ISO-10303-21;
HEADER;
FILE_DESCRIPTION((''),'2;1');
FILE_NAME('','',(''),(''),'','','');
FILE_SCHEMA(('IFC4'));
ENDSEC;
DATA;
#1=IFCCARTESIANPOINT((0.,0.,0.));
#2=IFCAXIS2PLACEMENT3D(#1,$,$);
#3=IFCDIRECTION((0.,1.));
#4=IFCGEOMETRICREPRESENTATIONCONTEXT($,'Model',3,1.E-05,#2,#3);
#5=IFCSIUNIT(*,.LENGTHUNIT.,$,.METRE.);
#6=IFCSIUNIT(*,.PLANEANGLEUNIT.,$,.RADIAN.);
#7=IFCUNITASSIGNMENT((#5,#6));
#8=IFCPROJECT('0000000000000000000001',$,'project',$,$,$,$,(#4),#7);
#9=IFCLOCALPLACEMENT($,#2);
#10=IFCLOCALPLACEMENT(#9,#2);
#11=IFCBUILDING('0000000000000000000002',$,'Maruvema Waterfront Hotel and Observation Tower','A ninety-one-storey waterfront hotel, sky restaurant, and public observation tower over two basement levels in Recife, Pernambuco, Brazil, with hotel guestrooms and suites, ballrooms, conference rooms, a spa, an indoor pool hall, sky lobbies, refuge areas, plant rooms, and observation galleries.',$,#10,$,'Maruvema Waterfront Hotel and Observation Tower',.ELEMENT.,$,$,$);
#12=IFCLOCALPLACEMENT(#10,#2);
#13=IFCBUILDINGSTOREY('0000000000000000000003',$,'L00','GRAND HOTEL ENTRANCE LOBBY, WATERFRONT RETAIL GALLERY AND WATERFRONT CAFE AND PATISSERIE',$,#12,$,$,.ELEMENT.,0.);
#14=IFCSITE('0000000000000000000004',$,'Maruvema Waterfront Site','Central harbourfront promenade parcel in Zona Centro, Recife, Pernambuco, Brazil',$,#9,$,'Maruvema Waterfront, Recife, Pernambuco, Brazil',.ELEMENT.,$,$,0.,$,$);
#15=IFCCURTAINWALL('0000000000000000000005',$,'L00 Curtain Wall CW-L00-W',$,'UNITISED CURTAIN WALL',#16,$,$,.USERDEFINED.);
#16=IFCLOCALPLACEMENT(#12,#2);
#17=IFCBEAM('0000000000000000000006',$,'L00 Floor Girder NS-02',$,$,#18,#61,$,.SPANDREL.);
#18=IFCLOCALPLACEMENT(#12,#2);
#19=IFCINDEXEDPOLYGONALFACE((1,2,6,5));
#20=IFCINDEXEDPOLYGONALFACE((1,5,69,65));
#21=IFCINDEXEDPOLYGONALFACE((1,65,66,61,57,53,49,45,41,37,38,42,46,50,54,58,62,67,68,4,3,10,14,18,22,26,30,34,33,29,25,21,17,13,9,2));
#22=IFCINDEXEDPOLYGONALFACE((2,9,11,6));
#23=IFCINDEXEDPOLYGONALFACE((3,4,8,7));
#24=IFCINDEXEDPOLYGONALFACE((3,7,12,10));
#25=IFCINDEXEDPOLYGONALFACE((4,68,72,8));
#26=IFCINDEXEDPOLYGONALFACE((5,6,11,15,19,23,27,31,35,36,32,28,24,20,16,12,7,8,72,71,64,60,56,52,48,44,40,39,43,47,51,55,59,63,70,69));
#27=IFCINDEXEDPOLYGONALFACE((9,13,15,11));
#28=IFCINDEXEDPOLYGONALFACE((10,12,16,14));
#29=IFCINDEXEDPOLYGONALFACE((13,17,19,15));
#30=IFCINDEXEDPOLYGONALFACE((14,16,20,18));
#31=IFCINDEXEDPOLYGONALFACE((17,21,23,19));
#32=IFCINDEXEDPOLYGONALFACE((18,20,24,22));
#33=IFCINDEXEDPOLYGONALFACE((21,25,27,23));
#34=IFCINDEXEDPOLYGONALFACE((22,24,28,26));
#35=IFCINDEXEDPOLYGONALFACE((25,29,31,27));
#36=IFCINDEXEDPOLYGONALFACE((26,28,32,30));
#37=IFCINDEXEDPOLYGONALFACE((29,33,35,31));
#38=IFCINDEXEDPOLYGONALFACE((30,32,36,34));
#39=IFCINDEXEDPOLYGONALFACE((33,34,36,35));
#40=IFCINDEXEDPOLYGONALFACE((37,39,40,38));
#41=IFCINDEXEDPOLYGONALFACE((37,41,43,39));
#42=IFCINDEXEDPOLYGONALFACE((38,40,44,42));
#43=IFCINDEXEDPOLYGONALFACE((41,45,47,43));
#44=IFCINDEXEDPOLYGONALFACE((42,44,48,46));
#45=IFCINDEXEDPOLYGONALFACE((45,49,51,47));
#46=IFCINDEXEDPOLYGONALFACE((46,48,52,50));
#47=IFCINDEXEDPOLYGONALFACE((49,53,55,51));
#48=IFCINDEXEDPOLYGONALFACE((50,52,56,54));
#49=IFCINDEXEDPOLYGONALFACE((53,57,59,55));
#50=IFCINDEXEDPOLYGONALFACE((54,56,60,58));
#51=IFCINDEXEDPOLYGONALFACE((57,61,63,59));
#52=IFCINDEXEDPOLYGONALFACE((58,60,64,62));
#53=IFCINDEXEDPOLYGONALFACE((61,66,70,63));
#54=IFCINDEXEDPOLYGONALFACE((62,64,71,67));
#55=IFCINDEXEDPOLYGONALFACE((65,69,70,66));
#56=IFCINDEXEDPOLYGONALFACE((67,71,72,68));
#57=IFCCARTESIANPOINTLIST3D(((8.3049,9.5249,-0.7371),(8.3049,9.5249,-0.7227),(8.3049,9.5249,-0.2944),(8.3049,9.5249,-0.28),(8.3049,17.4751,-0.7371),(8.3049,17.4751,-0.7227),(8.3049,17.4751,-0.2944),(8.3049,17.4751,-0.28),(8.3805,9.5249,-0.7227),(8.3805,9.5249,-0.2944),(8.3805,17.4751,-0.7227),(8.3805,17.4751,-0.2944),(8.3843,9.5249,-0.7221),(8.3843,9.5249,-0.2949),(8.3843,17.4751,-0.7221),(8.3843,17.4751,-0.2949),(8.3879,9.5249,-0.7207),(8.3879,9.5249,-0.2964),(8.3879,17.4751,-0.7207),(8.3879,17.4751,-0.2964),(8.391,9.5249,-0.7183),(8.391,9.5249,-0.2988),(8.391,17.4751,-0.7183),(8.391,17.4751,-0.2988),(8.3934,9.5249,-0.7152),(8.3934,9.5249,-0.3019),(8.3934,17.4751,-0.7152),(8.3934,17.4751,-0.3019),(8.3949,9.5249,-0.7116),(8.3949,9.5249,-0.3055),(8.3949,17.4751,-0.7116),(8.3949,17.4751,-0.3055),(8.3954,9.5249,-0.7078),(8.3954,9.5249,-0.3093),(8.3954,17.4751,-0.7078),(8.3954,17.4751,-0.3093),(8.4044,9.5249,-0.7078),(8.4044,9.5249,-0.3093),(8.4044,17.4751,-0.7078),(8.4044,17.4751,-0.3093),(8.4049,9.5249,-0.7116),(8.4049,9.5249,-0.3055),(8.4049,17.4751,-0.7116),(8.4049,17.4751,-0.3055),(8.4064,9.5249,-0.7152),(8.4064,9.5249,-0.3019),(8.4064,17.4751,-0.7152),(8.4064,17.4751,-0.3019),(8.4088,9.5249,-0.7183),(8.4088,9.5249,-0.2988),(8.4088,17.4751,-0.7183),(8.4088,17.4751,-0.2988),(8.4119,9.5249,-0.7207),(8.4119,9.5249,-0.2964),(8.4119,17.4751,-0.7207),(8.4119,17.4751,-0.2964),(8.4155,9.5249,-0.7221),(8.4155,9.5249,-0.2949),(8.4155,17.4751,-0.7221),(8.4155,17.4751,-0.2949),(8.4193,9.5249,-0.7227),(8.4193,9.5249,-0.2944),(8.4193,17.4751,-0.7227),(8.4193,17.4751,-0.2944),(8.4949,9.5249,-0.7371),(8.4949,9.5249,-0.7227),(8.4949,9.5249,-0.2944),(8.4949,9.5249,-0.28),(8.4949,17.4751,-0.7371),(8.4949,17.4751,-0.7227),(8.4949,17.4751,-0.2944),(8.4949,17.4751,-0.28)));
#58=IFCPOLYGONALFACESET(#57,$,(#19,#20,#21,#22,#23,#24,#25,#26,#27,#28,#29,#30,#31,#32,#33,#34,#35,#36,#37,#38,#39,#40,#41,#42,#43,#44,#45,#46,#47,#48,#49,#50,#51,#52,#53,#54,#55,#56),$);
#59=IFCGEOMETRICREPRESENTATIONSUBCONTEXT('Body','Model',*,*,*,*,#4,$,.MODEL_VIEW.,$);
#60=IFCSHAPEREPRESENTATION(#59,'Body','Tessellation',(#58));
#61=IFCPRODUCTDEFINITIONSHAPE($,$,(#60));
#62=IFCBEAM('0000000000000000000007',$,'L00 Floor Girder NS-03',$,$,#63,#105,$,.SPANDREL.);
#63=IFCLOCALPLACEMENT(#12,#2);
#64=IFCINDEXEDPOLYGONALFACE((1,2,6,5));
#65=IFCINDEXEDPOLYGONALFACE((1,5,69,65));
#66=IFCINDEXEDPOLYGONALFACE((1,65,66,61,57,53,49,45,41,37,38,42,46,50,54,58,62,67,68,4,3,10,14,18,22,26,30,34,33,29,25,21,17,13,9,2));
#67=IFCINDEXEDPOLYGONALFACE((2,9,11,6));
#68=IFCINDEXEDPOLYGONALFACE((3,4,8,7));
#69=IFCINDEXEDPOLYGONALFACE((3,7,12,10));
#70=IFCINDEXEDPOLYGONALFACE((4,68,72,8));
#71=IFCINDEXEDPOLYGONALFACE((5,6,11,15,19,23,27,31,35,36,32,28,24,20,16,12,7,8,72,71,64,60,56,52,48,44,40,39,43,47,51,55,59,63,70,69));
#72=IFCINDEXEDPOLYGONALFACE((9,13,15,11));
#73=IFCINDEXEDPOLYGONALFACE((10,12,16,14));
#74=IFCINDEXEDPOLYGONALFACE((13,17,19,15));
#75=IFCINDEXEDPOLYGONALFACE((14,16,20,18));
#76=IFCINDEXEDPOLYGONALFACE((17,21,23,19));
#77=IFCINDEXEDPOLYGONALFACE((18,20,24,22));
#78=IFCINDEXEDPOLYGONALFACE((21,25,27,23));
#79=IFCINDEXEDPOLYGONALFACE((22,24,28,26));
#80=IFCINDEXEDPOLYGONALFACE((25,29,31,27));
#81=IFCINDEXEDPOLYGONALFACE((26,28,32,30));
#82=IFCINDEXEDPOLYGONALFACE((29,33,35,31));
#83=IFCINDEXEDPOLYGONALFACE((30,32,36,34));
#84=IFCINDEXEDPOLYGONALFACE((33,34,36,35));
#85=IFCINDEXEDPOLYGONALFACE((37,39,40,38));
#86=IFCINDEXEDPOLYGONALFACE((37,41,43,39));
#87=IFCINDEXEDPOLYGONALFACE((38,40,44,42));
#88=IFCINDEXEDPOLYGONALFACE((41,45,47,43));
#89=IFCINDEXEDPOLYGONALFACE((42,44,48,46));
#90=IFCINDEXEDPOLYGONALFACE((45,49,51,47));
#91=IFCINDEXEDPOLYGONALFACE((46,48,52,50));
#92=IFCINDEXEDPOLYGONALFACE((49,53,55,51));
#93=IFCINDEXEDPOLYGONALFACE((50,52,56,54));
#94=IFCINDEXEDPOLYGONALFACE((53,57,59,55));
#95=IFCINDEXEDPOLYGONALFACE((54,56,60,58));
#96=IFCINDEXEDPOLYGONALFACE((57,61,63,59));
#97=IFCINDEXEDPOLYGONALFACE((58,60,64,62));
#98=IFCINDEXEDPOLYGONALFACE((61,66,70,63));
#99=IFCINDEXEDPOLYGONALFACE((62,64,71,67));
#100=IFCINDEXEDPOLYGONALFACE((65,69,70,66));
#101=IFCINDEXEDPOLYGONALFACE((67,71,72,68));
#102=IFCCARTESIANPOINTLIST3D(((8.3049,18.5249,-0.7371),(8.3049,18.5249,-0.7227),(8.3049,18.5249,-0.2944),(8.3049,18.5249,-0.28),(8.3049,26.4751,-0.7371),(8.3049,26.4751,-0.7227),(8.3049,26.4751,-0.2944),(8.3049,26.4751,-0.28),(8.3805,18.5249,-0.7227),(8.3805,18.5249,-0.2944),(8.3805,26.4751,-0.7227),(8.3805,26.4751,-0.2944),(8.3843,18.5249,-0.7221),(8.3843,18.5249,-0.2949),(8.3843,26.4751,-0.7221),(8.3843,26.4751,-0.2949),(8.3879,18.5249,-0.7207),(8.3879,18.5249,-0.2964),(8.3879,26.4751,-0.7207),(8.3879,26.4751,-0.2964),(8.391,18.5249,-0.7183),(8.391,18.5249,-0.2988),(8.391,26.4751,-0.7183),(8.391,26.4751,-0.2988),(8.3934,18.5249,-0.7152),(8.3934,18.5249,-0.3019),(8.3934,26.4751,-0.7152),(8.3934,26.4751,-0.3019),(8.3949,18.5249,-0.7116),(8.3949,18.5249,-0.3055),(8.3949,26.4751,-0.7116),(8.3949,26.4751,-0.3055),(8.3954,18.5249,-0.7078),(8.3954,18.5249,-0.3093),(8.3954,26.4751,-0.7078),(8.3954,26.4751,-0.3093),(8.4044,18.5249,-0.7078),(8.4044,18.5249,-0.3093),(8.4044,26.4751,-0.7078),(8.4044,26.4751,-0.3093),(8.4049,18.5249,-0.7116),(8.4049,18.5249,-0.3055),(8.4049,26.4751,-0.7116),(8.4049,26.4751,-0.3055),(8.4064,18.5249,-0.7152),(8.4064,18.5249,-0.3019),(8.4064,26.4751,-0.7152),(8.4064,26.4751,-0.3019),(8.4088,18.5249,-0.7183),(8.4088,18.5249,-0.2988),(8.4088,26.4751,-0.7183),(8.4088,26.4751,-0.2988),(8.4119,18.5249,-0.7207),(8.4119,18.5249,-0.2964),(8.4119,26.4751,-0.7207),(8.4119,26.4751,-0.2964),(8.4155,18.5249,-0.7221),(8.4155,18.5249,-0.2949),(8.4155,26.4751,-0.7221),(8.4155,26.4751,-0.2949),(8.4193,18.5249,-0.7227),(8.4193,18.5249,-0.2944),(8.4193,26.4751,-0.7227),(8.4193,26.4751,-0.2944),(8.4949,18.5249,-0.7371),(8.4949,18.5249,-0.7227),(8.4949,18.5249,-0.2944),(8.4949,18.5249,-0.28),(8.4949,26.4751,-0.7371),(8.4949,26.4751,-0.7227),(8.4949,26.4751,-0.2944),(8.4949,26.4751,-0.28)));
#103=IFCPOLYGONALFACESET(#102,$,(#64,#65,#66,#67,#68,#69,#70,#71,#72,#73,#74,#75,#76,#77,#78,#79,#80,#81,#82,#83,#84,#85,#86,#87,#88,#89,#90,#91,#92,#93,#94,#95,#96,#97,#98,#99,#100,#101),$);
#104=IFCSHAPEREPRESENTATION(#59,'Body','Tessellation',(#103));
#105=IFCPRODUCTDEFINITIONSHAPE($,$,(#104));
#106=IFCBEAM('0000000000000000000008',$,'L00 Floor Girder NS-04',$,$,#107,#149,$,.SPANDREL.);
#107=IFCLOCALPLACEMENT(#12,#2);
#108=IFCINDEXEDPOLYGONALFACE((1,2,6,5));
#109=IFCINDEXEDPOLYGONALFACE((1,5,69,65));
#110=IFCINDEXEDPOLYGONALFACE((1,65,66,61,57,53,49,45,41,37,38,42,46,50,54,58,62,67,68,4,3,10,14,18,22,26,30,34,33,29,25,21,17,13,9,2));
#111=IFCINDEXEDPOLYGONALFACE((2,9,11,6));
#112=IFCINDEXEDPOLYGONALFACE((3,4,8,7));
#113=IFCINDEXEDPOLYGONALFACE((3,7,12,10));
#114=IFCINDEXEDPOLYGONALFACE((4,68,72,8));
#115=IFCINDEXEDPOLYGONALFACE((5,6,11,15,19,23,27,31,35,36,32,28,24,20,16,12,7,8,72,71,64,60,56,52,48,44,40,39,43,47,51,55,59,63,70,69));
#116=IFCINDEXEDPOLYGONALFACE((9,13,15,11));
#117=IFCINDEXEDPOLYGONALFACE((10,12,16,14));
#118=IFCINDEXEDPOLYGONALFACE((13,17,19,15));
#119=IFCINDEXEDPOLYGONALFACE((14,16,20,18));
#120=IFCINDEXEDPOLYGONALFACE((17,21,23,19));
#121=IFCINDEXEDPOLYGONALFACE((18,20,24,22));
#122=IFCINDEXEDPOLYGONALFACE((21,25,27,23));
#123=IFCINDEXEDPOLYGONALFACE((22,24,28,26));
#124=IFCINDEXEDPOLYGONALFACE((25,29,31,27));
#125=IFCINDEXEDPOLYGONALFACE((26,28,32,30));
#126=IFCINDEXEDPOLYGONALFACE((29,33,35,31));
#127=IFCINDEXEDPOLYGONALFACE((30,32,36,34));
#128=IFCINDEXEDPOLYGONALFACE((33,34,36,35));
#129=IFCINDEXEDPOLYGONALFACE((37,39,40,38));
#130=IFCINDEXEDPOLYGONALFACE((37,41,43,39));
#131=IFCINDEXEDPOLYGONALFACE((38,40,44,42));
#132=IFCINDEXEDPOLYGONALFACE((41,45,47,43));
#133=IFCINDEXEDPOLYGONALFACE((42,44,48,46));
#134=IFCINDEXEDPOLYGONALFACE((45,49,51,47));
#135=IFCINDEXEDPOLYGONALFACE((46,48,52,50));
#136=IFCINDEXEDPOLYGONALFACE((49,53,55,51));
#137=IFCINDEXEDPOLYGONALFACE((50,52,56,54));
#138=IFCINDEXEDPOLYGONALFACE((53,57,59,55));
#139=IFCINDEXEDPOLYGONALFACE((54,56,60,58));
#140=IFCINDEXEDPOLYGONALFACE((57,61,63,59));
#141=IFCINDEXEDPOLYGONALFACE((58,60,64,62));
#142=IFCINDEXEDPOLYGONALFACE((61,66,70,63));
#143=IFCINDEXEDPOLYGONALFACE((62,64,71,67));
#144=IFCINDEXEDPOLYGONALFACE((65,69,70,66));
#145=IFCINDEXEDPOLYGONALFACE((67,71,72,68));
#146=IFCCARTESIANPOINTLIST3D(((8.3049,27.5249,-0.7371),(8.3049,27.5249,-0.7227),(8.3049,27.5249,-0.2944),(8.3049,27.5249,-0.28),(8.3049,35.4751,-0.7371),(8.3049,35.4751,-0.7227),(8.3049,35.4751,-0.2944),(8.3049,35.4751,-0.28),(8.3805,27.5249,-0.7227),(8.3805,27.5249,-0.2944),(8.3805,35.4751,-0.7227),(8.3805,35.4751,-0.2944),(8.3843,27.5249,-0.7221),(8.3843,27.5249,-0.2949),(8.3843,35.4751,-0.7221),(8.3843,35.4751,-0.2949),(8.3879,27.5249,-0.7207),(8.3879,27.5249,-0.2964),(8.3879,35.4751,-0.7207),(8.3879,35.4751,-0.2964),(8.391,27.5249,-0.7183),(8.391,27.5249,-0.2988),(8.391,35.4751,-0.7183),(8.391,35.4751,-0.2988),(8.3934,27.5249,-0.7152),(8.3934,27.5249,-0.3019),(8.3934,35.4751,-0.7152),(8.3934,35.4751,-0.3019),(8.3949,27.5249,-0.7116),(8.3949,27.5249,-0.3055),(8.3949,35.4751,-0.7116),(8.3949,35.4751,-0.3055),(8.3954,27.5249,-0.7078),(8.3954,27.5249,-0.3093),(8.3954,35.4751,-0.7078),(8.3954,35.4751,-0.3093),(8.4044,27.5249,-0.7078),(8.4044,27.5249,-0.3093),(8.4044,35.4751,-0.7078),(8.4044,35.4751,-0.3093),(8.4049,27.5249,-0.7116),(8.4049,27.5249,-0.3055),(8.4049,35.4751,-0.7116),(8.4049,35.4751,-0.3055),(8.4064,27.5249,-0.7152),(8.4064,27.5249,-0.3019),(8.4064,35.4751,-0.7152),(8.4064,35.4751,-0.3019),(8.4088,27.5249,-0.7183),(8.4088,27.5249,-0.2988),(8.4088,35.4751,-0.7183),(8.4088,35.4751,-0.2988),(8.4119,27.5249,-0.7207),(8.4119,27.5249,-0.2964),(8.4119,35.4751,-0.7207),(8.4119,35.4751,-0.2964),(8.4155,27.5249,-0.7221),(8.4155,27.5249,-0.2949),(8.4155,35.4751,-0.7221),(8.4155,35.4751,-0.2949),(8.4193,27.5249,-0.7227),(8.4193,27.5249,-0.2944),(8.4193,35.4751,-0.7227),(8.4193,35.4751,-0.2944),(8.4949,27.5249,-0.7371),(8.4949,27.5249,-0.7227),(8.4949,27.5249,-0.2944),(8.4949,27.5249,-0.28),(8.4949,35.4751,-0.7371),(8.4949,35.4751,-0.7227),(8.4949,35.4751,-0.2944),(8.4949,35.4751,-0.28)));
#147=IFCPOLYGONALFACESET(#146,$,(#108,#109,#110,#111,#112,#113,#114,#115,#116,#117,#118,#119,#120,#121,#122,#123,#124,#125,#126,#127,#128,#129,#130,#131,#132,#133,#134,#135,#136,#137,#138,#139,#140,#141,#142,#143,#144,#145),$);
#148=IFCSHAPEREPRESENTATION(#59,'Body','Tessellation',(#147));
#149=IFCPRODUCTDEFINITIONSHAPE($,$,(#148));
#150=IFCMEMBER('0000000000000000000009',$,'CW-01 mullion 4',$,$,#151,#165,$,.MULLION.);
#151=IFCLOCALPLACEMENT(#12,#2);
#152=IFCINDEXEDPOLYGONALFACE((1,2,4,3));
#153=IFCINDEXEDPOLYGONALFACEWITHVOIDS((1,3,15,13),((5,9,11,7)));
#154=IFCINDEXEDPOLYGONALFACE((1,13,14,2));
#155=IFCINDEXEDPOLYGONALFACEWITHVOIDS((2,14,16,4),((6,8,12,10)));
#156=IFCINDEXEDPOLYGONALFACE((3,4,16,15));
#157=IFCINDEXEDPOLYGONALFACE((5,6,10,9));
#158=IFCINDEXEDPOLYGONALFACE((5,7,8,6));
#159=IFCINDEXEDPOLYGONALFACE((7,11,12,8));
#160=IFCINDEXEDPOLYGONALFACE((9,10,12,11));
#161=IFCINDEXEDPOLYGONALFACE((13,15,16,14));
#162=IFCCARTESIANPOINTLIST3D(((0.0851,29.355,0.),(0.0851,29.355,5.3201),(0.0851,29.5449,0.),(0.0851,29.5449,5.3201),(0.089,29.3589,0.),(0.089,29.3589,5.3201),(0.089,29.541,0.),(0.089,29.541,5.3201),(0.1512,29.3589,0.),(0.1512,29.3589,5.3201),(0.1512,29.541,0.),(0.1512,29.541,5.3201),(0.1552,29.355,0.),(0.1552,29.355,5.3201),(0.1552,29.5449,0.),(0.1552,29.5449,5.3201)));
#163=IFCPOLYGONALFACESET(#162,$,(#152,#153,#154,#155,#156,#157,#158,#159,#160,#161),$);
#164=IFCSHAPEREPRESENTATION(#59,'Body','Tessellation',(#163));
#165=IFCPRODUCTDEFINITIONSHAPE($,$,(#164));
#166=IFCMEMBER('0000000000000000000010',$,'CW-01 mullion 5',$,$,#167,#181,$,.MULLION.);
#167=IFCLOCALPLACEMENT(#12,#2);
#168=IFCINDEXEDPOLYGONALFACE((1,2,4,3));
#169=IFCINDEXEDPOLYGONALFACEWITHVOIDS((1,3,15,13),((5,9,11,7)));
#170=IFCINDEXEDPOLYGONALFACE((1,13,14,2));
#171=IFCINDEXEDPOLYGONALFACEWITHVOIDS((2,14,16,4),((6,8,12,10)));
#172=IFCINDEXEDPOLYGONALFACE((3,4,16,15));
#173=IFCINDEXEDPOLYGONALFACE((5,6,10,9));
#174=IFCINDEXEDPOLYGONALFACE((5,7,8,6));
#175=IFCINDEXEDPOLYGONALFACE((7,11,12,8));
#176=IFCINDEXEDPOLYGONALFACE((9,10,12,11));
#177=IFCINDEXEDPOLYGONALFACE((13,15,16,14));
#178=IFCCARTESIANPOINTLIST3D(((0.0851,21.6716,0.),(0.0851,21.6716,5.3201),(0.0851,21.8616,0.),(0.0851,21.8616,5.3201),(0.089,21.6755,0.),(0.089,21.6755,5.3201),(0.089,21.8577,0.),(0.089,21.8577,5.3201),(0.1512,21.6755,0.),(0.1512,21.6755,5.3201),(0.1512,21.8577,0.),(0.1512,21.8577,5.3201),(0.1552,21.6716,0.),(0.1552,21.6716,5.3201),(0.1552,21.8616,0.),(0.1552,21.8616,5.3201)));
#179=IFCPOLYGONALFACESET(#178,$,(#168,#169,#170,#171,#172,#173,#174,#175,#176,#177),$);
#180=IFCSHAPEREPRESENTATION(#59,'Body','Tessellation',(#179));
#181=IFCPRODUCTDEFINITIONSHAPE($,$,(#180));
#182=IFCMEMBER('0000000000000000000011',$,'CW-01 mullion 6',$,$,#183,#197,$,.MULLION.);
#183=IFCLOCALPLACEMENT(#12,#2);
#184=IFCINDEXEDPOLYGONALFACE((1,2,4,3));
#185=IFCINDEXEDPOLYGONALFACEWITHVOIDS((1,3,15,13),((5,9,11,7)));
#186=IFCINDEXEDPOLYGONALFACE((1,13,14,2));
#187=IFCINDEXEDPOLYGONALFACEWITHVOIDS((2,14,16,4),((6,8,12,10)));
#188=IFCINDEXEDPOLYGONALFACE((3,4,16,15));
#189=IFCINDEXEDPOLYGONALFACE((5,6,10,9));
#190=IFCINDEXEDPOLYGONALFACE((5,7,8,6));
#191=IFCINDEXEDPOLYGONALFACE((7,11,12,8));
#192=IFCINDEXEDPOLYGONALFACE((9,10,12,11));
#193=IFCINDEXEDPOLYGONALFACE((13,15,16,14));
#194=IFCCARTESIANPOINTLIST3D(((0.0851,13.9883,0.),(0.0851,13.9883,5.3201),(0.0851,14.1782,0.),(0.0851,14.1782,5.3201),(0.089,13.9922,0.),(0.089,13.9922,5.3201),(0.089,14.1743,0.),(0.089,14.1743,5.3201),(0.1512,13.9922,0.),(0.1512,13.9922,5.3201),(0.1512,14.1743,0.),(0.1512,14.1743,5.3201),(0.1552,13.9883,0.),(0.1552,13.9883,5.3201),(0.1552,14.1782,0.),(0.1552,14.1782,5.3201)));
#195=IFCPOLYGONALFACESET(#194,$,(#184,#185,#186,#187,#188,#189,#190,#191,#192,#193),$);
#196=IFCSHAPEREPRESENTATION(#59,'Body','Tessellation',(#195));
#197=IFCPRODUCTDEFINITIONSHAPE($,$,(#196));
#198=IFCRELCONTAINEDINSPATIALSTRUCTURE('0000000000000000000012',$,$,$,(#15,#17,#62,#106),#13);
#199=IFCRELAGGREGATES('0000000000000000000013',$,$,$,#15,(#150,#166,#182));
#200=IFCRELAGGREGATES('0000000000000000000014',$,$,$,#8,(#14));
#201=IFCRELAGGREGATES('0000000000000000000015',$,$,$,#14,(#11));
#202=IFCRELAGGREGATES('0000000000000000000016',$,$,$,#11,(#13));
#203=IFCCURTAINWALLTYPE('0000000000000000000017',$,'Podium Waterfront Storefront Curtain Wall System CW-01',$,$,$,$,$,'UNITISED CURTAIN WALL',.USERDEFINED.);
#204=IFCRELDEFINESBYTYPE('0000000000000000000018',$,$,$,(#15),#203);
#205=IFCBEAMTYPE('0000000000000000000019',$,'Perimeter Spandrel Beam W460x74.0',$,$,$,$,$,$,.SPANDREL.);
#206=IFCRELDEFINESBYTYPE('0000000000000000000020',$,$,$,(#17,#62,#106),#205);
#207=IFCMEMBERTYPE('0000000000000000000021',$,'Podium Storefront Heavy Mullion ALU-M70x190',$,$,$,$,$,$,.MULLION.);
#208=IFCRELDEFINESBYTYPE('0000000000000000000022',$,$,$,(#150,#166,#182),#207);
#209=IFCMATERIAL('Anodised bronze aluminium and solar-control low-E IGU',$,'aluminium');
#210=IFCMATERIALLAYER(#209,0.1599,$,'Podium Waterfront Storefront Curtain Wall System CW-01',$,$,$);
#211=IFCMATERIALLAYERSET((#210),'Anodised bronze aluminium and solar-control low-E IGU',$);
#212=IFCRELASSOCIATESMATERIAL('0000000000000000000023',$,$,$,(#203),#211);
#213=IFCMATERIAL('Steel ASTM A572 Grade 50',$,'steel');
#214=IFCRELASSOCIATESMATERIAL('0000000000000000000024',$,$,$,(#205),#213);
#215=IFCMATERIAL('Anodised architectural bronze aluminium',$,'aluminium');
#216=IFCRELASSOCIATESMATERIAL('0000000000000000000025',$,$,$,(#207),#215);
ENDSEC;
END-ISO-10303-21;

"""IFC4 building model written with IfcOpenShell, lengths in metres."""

from ifc_helpers import new_model, si_unit, direction, frame, origin, origin_2d, place, context, subcontext, project, spatial, hollow_rectangle, i_section, extrude, material, layer, layer_set, material_profile, profile_set, type_object, element, aggregate, save


model = new_model("IFC4")

# Units and contexts
model_context = context("Model", 3, precision=1e-05, world=origin(), true_north=direction((0.0, 1.0)))
body_context = subcontext(model_context, "Body", "Model", "MODEL_VIEW")
ifc_project = project(units=[si_unit("LENGTHUNIT", "METRE"), si_unit("PLANEANGLEUNIT", "RADIAN")], contexts=[model_context])

# Site, building, storey
site_placement = place(None, origin())
site = spatial("IfcSite", under=ifc_project, at=site_placement, Name="Maruvema Waterfront Site", Description="Central harbourfront promenade parcel in Zona Centro, Recife, Pernambuco, Brazil", LongName="Maruvema Waterfront, Recife, Pernambuco, Brazil", CompositionType="ELEMENT", RefElevation=0.0)
building_placement = place(site_placement, origin())
building = spatial("IfcBuilding", under=site, at=building_placement, Name="Maruvema Waterfront Hotel and Observation Tower", Description="A ninety-one-storey waterfront hotel, sky restaurant, and public observation tower over two basement levels in Recife, Pernambuco, Brazil, with hotel guestrooms and suites, ballrooms, conference rooms, a spa, an indoor pool hall, sky lobbies, refuge areas, plant rooms, and observation galleries.", LongName="Maruvema Waterfront Hotel and Observation Tower", CompositionType="ELEMENT")
storey_placement = place(building_placement, origin())
storey = spatial("IfcBuildingStorey", under=building, at=storey_placement, Name="L00", Description="GRAND HOTEL ENTRANCE LOBBY, WATERFRONT RETAIL GALLERY AND WATERFRONT CAFE AND PATISSERIE", CompositionType="ELEMENT", Elevation=0.0)

# Curtain wall
ifc_material_1 = material(Name="Anodised bronze aluminium and solar-control low-E IGU", Category="aluminium")
ifc_layer_1 = layer(ifc_material_1, 0.1599, Name="Podium Waterfront Storefront Curtain Wall System CW-01")
ifc_layer_set_1 = layer_set([ifc_layer_1], Name="Anodised bronze aluminium and solar-control low-E IGU")
curtain_wall_type = type_object("IfcCurtainWallType", Name="Podium Waterfront Storefront Curtain Wall System CW-01", ElementType="UNITISED CURTAIN WALL", PredefinedType="USERDEFINED", material=ifc_layer_set_1)
curtain_wall_placement = place(storey_placement, origin())
curtain_wall = element("IfcCurtainWall", 1, at=curtain_wall_placement, inside=storey, type_object=curtain_wall_type, Name="L00 Curtain Wall CW-L00-W", ObjectType="UNITISED CURTAIN WALL", PredefinedType="USERDEFINED")

# Beams
ifc_material_2 = material(Name="Steel ASTM A572 Grade 50", Category="steel")
ifc_material_profile_1 = material_profile(ifc_material_2, i_section(OverallWidth=0.1899, OverallDepth=0.457, WebThickness=0.009, FlangeThickness=0.0144, FilletRadius=0.0149, at=origin_2d()), Name="W460x74.0")
ifc_profile_set_1 = profile_set([ifc_material_profile_1], Name="Steel ASTM A572 Grade 50")
beam_type_1 = type_object("IfcBeamType", Name="Perimeter Spandrel Beam W460x74.0", PredefinedType="SPANDREL", material=ifc_profile_set_1)
for number, where, z_axis, x_axis, name in (
    (2, (8.3999, 9.5249, -0.5085), (0.0, 1.0, 0.0), (-1.0, 0.0, 0.0), "L00 Floor Girder NS-02"),
    (3, (8.3999, 18.5249, -0.5085), (0.0, 1.0, 0.0), (-1.0, 0.0, 0.0), "L00 Floor Girder NS-03"),
    (4, (8.3999, 27.5249, -0.5085), (0.0, 1.0, 0.0), (-1.0, 0.0, 0.0), "L00 Floor Girder NS-04"),
):
    element("IfcBeam", number, at=place(storey_placement, frame(where, z_axis=z_axis, x_axis=x_axis)), inside=storey, type_object=beam_type_1, Name=name, PredefinedType="SPANDREL", context=body_context, shape_type="SweptSolid", body=[
        extrude(i_section(OverallWidth=0.1899, OverallDepth=0.457, WebThickness=0.009, FlangeThickness=0.0144, FilletRadius=0.0149, at=origin_2d()), origin(), (0.0, 0.0, 1.0), 7.9502),
    ])

# Members
ifc_material_3 = material(Name="Anodised architectural bronze aluminium", Category="aluminium")
ifc_material_profile_2 = material_profile(ifc_material_3, hollow_rectangle(XDim=0.0701, YDim=0.1899, WallThickness=0.0039, at=origin_2d()), Name="ALU-M70x190")
ifc_profile_set_2 = profile_set([ifc_material_profile_2], Name="Anodised architectural bronze aluminium")
member_type_1 = type_object("IfcMemberType", Name="Podium Storefront Heavy Mullion ALU-M70x190", PredefinedType="MULLION", material=ifc_profile_set_2)
member_1_placement = place(storey_placement, frame((0.1201, 29.45, 0.0), z_axis=(0.0, 0.0, 1.0), x_axis=(1.0, 0.0, 0.0)))
member_1 = element("IfcMember", 5, at=member_1_placement, type_object=member_type_1, Name="CW-01 mullion 4", PredefinedType="MULLION", context=body_context, shape_type="SweptSolid", body=[
    extrude(hollow_rectangle(XDim=0.0701, YDim=0.1899, WallThickness=0.0039, at=origin_2d()), origin(), (0.0, 0.0, 1.0), 5.3201),
])
member_2_placement = place(storey_placement, frame((0.1201, 21.7666, 0.0), z_axis=(0.0, 0.0, 1.0), x_axis=(1.0, 0.0, 0.0)))
member_2 = element("IfcMember", 6, at=member_2_placement, type_object=member_type_1, Name="CW-01 mullion 5", PredefinedType="MULLION", context=body_context, shape_type="SweptSolid", body=[
    extrude(hollow_rectangle(XDim=0.0701, YDim=0.1899, WallThickness=0.0039, at=origin_2d()), origin(), (0.0, 0.0, 1.0), 5.3201),
])
member_3_placement = place(storey_placement, frame((0.1201, 14.0833, 0.0), z_axis=(0.0, 0.0, 1.0), x_axis=(1.0, 0.0, 0.0)))
member_3 = element("IfcMember", 7, at=member_3_placement, type_object=member_type_1, Name="CW-01 mullion 6", PredefinedType="MULLION", context=body_context, shape_type="SweptSolid", body=[
    extrude(hollow_rectangle(XDim=0.0701, YDim=0.1899, WallThickness=0.0039, at=origin_2d()), origin(), (0.0, 0.0, 1.0), 5.3201),
])

aggregate(curtain_wall, [member_1, member_2, member_3])

save(model, "model.ifc")
